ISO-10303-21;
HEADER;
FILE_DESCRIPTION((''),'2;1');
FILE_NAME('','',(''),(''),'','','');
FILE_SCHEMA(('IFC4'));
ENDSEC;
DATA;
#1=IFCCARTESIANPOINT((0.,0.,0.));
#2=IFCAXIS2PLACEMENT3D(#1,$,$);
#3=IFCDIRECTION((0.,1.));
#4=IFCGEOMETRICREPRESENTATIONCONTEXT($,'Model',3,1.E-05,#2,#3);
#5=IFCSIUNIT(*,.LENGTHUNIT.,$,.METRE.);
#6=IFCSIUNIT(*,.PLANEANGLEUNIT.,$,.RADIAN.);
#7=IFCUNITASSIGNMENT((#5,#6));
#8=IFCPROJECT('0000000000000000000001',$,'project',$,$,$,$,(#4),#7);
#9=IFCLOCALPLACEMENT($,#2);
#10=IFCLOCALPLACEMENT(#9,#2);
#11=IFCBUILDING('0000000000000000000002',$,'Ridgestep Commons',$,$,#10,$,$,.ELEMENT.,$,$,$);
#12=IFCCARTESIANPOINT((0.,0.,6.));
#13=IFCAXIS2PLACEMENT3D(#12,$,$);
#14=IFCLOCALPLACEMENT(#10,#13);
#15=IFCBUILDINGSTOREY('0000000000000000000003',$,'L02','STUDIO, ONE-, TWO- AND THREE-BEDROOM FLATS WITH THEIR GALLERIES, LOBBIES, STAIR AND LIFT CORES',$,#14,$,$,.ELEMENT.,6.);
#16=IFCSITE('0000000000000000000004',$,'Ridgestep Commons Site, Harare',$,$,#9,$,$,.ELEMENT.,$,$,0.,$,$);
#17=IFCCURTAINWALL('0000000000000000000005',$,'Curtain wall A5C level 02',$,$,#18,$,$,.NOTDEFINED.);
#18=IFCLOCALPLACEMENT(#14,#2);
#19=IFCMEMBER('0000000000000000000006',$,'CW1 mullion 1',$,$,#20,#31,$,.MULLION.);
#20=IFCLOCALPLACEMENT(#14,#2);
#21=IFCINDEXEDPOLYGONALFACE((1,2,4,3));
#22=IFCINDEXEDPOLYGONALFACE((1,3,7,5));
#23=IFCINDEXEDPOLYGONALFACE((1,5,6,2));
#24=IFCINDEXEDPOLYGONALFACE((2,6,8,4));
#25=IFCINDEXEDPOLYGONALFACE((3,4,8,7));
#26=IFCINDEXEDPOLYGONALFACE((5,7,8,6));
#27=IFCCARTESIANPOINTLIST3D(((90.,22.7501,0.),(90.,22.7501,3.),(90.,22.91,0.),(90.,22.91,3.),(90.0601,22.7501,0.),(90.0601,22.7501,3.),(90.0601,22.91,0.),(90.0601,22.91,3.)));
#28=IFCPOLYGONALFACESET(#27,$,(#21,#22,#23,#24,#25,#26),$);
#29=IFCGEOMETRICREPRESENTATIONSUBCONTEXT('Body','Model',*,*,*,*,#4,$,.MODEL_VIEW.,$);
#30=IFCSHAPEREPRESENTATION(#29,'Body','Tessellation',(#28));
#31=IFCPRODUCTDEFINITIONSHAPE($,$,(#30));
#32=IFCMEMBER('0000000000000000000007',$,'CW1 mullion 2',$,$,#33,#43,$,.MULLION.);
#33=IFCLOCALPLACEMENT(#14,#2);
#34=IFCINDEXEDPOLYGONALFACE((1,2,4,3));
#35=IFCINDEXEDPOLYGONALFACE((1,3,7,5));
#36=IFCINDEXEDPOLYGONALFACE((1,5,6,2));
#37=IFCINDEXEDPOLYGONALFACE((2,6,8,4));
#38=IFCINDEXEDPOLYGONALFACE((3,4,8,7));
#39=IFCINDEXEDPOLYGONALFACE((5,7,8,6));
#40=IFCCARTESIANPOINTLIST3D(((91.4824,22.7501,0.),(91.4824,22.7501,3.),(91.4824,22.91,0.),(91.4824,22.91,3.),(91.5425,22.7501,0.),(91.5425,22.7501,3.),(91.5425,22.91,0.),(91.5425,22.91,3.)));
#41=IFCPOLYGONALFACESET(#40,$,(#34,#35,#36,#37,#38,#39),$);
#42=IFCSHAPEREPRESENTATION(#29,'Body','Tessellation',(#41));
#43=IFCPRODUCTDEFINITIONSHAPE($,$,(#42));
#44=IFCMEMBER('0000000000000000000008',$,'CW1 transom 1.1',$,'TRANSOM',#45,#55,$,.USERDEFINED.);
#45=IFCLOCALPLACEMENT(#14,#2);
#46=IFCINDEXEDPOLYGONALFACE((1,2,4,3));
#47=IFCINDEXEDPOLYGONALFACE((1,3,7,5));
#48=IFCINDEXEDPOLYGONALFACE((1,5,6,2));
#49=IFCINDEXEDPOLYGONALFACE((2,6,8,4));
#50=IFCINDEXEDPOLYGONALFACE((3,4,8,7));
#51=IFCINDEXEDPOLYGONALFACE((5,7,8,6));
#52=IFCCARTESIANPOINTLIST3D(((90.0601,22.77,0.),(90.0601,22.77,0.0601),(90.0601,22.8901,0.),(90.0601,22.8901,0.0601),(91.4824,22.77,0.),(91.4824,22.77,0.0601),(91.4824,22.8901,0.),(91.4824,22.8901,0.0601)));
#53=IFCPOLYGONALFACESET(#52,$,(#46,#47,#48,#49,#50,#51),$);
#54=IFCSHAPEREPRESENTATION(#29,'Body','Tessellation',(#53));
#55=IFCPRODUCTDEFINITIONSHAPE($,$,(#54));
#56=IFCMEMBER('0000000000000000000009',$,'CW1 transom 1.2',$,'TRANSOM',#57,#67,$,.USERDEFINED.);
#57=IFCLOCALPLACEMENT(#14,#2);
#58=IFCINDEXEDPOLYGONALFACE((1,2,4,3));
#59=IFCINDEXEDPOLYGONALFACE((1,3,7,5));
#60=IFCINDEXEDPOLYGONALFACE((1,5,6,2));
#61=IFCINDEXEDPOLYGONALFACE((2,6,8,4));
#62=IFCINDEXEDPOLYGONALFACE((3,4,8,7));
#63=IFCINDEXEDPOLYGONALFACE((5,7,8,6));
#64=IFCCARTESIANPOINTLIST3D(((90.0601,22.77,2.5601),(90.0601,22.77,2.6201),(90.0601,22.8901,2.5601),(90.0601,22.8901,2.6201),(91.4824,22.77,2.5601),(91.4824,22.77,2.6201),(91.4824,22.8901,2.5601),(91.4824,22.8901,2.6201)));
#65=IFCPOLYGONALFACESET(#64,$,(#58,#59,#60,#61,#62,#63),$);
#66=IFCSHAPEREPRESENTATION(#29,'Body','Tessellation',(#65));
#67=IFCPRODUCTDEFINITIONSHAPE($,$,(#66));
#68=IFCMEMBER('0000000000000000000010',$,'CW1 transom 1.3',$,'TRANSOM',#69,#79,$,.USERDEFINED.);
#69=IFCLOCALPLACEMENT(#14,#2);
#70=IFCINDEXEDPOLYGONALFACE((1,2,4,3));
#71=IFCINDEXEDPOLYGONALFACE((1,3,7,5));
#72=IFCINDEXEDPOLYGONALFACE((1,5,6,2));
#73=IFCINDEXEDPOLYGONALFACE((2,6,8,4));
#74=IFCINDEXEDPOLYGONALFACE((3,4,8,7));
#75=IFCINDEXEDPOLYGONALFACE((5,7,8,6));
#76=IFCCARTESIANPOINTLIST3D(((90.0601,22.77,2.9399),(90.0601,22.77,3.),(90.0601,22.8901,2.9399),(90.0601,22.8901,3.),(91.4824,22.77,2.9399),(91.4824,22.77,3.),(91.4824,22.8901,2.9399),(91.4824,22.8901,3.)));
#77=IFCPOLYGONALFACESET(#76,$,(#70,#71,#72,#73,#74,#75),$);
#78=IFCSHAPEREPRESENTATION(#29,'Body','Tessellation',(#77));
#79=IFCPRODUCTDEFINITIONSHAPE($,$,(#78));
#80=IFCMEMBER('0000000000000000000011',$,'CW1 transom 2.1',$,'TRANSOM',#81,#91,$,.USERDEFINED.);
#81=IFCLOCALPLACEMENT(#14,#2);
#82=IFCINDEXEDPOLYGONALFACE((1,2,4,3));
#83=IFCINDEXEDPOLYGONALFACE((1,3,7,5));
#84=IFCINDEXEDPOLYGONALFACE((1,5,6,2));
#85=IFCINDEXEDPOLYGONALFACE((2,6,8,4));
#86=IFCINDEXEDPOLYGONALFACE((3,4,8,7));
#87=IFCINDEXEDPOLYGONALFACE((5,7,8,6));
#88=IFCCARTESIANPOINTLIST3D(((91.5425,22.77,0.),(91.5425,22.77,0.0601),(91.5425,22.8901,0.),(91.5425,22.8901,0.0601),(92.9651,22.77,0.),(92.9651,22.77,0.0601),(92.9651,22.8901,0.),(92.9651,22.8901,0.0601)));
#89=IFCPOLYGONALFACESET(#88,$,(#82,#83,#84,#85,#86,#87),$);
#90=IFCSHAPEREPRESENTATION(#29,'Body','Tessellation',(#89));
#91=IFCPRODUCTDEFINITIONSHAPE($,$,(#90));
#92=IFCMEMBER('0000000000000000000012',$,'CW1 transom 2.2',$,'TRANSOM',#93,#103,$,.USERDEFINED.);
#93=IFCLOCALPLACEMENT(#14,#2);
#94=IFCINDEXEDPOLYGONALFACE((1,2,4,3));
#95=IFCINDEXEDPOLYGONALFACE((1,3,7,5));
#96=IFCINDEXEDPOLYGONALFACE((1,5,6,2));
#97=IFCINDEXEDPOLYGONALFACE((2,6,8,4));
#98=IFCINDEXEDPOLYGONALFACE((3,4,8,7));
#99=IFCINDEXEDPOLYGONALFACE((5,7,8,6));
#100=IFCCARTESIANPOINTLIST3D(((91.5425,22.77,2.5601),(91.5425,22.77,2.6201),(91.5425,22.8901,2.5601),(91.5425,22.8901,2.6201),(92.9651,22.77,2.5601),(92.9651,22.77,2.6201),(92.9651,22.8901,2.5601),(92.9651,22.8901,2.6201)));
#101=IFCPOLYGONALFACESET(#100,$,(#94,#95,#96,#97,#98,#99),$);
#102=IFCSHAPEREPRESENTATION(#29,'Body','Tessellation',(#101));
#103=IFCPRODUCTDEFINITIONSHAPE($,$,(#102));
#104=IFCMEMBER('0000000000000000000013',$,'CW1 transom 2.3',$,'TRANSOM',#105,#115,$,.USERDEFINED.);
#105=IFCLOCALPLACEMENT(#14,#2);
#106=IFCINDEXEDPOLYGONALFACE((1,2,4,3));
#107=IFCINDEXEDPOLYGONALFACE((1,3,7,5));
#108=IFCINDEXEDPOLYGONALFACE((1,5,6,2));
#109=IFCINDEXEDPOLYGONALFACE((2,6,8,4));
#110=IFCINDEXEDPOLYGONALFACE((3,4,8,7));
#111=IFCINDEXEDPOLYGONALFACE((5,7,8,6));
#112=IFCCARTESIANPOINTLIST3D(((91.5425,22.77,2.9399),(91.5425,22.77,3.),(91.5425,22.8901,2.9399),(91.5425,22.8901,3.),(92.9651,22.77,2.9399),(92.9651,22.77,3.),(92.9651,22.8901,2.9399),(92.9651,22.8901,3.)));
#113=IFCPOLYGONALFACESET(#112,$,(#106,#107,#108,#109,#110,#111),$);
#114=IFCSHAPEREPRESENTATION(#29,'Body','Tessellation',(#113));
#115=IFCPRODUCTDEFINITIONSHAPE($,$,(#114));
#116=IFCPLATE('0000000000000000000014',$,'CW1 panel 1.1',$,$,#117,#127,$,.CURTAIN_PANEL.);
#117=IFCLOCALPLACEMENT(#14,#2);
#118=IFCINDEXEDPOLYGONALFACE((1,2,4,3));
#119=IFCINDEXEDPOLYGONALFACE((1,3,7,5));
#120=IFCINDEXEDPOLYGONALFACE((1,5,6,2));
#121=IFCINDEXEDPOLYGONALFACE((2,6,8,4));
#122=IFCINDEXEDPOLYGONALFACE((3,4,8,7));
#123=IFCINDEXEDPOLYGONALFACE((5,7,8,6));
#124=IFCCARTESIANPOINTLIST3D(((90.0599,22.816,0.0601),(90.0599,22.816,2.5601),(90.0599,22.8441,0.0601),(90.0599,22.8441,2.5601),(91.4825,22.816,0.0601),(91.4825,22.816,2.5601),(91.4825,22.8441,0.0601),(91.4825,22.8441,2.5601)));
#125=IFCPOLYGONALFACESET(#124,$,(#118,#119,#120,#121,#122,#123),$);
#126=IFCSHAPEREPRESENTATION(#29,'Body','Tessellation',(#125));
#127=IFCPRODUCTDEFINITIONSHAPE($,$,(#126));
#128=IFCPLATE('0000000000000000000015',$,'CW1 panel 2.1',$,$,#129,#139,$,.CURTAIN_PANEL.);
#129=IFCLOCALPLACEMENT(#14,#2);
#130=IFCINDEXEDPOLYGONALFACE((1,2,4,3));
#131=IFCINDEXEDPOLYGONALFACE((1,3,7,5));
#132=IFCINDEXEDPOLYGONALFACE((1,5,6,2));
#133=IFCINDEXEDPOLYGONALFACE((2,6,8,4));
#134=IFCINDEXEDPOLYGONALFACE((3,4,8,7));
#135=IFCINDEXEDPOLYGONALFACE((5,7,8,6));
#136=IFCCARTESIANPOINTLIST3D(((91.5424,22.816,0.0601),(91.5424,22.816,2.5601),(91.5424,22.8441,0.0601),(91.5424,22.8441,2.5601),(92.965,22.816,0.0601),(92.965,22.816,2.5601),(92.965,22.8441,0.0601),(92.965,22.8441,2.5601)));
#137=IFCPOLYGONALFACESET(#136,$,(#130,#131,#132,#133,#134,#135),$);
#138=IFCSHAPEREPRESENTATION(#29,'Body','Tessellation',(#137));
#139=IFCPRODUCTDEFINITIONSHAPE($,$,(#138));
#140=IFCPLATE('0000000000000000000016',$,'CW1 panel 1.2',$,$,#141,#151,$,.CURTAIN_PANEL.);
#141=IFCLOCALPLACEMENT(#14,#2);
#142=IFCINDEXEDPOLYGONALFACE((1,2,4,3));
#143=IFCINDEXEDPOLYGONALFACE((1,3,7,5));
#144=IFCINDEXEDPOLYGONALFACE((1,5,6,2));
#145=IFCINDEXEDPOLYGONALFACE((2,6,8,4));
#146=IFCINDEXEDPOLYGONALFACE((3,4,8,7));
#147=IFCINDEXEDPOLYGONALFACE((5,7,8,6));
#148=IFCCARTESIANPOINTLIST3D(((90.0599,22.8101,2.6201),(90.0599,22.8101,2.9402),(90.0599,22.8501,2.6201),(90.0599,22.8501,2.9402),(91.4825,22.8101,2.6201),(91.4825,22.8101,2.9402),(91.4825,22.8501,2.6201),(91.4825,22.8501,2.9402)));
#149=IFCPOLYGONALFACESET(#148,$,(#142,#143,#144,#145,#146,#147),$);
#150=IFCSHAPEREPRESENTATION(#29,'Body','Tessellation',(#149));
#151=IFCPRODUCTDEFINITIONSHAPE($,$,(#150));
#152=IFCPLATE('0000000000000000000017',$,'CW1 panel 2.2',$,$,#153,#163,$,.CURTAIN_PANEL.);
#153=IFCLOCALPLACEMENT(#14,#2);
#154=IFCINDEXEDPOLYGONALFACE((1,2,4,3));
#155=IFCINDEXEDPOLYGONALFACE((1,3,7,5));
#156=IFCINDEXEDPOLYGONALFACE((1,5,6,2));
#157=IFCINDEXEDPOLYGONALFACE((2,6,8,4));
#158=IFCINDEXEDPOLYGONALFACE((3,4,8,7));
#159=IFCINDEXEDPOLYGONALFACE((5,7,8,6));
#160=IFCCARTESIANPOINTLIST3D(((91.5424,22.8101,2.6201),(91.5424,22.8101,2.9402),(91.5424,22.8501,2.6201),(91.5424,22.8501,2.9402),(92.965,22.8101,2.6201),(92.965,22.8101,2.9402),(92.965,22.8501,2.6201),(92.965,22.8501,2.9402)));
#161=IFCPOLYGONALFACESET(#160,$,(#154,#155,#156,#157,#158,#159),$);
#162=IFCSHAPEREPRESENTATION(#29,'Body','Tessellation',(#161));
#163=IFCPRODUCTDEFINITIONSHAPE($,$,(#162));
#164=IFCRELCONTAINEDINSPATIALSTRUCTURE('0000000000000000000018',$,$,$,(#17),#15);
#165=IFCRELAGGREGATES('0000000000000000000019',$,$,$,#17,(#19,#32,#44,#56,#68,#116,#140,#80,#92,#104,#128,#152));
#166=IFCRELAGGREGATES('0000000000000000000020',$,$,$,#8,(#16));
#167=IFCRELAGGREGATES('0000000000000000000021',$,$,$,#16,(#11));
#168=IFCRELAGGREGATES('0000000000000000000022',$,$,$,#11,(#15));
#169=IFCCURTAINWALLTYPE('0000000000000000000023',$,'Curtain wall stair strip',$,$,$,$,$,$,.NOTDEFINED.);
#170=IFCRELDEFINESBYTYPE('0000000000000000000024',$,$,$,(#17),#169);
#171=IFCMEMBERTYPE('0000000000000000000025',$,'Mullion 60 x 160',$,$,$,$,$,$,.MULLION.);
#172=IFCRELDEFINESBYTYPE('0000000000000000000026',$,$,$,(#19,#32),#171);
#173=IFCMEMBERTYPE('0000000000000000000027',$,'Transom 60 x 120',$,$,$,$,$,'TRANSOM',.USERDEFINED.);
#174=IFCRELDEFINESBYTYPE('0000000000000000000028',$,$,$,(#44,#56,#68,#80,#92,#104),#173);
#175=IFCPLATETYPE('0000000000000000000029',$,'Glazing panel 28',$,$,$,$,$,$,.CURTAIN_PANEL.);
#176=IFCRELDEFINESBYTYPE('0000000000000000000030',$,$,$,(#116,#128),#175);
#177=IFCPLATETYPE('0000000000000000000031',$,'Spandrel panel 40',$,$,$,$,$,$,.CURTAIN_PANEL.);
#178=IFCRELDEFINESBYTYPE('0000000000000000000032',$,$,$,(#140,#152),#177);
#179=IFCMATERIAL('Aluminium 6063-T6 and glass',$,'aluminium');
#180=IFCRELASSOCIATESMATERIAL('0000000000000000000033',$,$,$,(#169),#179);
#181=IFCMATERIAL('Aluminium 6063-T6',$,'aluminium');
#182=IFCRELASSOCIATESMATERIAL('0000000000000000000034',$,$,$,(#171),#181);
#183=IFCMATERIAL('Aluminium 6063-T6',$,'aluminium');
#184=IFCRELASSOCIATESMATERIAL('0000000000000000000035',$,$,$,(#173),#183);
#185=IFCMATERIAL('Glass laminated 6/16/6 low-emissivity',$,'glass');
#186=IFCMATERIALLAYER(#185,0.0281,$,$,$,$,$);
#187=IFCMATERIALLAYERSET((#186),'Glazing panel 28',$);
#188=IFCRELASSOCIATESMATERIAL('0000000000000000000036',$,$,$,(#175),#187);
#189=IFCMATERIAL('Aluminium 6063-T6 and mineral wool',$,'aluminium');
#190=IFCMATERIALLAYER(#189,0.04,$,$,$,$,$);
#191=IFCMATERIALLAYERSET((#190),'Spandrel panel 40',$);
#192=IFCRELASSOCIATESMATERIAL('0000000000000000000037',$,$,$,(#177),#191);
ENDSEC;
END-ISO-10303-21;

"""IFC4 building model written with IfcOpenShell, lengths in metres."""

from ifc_helpers import new_model, si_unit, direction, frame, origin, origin_2d, place, context, subcontext, project, spatial, rectangle, extrude, material, layer, layer_set, material_profile, profile_set, type_object, element, aggregate, save


model = new_model("IFC4")

# Units and contexts
model_context = context("Model", 3, precision=1e-05, world=origin(), true_north=direction((0.0, 1.0)))
body_context = subcontext(model_context, "Body", "Model", "MODEL_VIEW")
ifc_project = project(units=[si_unit("LENGTHUNIT", "METRE"), si_unit("PLANEANGLEUNIT", "RADIAN")], contexts=[model_context])

# Site, building, storey
site_placement = place(None, origin())
site = spatial("IfcSite", under=ifc_project, at=site_placement, Name="Ridgestep Commons Site, Harare", CompositionType="ELEMENT", RefElevation=0.0)
building_placement = place(site_placement, origin())
building = spatial("IfcBuilding", under=site, at=building_placement, Name="Ridgestep Commons", CompositionType="ELEMENT")
storey_placement = place(building_placement, frame((0.0, 0.0, 6.0)))
storey = spatial("IfcBuildingStorey", under=building, at=storey_placement, Name="L02", Description="STUDIO, ONE-, TWO- AND THREE-BEDROOM FLATS WITH THEIR GALLERIES, LOBBIES, STAIR AND LIFT CORES", CompositionType="ELEMENT", Elevation=6.0)

# Curtain wall, members, plates
ifc_material_1 = material(Name="Aluminium 6063-T6 and glass", Category="aluminium")
curtain_wall_type = type_object("IfcCurtainWallType", Name="Curtain wall stair strip", PredefinedType="NOTDEFINED", material=ifc_material_1)
curtain_wall_placement = place(storey_placement, origin())
curtain_wall = element("IfcCurtainWall", 1, at=curtain_wall_placement, inside=storey, type_object=curtain_wall_type, Name="Curtain wall A5C level 02", PredefinedType="NOTDEFINED")
ifc_material_2 = material(Name="Aluminium 6063-T6", Category="aluminium")
ifc_material_profile_1 = material_profile(ifc_material_2, rectangle(XDim=0.1599, YDim=0.0601, at=origin_2d()), Name="Mullion 60 x 160")
ifc_profile_set_1 = profile_set([ifc_material_profile_1], Name="Aluminium 6063-T6")
member_type_1 = type_object("IfcMemberType", Name="Mullion 60 x 160", PredefinedType="MULLION", material=ifc_profile_set_1)
member_1_placement = place(storey_placement, frame((90.03, 22.8301, 0.0), z_axis=(0.0, 0.0, 1.0), x_axis=(0.0, 1.0, 0.0)))
member_1 = element("IfcMember", 2, at=member_1_placement, type_object=member_type_1, Name="CW1 mullion 1", PredefinedType="MULLION", context=body_context, shape_type="SweptSolid", body=[
    extrude(rectangle(XDim=0.1599, YDim=0.0601, at=origin_2d()), origin(), (0.0, 0.0, 1.0), 3.0),
])
member_2_placement = place(storey_placement, frame((91.5125, 22.8301, 0.0), z_axis=(0.0, 0.0, 1.0), x_axis=(0.0, 1.0, 0.0)))
member_2 = element("IfcMember", 3, at=member_2_placement, type_object=member_type_1, Name="CW1 mullion 2", PredefinedType="MULLION", context=body_context, shape_type="SweptSolid", body=[
    extrude(rectangle(XDim=0.1599, YDim=0.0601, at=origin_2d()), origin(), (0.0, 0.0, 1.0), 3.0),
])
ifc_material_3 = material(Name="Aluminium 6063-T6", Category="aluminium")
ifc_material_profile_2 = material_profile(ifc_material_3, rectangle(XDim=0.1201, YDim=0.0601, at=origin_2d()), Name="Transom 60 x 120")
ifc_profile_set_2 = profile_set([ifc_material_profile_2], Name="Aluminium 6063-T6")
member_type_2 = type_object("IfcMemberType", Name="Transom 60 x 120", ElementType="TRANSOM", PredefinedType="USERDEFINED", material=ifc_profile_set_2)
member_3_placement = place(storey_placement, frame((90.0601, 22.8301, 0.03), z_axis=(1.0, 0.0, 0.0), x_axis=(0.0, 1.0, 0.0)))
member_3 = element("IfcMember", 4, at=member_3_placement, type_object=member_type_2, Name="CW1 transom 1.1", ObjectType="TRANSOM", PredefinedType="USERDEFINED", context=body_context, shape_type="SweptSolid", body=[
    extrude(rectangle(XDim=0.1201, YDim=0.0601, at=origin_2d()), origin(), (0.0, 0.0, 1.0), 1.4224),
])
member_4_placement = place(storey_placement, frame((90.0601, 22.8301, 2.5901), z_axis=(1.0, 0.0, 0.0), x_axis=(0.0, 1.0, 0.0)))
member_4 = element("IfcMember", 5, at=member_4_placement, type_object=member_type_2, Name="CW1 transom 1.2", ObjectType="TRANSOM", PredefinedType="USERDEFINED", context=body_context, shape_type="SweptSolid", body=[
    extrude(rectangle(XDim=0.1201, YDim=0.0601, at=origin_2d()), origin(), (0.0, 0.0, 1.0), 1.4224),
])
member_5_placement = place(storey_placement, frame((90.0601, 22.8301, 2.97), z_axis=(1.0, 0.0, 0.0), x_axis=(0.0, 1.0, 0.0)))
member_5 = element("IfcMember", 6, at=member_5_placement, type_object=member_type_2, Name="CW1 transom 1.3", ObjectType="TRANSOM", PredefinedType="USERDEFINED", context=body_context, shape_type="SweptSolid", body=[
    extrude(rectangle(XDim=0.1201, YDim=0.0601, at=origin_2d()), origin(), (0.0, 0.0, 1.0), 1.4224),
])
member_6_placement = place(storey_placement, frame((91.5425, 22.8301, 0.03), z_axis=(1.0, 0.0, 0.0), x_axis=(0.0, 1.0, 0.0)))
member_6 = element("IfcMember", 7, at=member_6_placement, type_object=member_type_2, Name="CW1 transom 2.1", ObjectType="TRANSOM", PredefinedType="USERDEFINED", context=body_context, shape_type="SweptSolid", body=[
    extrude(rectangle(XDim=0.1201, YDim=0.0601, at=origin_2d()), origin(), (0.0, 0.0, 1.0), 1.4226),
])
member_7_placement = place(storey_placement, frame((91.5425, 22.8301, 2.5901), z_axis=(1.0, 0.0, 0.0), x_axis=(0.0, 1.0, 0.0)))
member_7 = element("IfcMember", 8, at=member_7_placement, type_object=member_type_2, Name="CW1 transom 2.2", ObjectType="TRANSOM", PredefinedType="USERDEFINED", context=body_context, shape_type="SweptSolid", body=[
    extrude(rectangle(XDim=0.1201, YDim=0.0601, at=origin_2d()), origin(), (0.0, 0.0, 1.0), 1.4226),
])
member_8_placement = place(storey_placement, frame((91.5425, 22.8301, 2.97), z_axis=(1.0, 0.0, 0.0), x_axis=(0.0, 1.0, 0.0)))
member_8 = element("IfcMember", 9, at=member_8_placement, type_object=member_type_2, Name="CW1 transom 2.3", ObjectType="TRANSOM", PredefinedType="USERDEFINED", context=body_context, shape_type="SweptSolid", body=[
    extrude(rectangle(XDim=0.1201, YDim=0.0601, at=origin_2d()), origin(), (0.0, 0.0, 1.0), 1.4226),
])
ifc_material_4 = material(Name="Glass laminated 6/16/6 low-emissivity", Category="glass")
ifc_layer_1 = layer(ifc_material_4, 0.0281)
ifc_layer_set_1 = layer_set([ifc_layer_1], Name="Glazing panel 28")
plate_type_1 = type_object("IfcPlateType", Name="Glazing panel 28", PredefinedType="CURTAIN_PANEL", material=ifc_layer_set_1)
plate_1_placement = place(storey_placement, frame((90.7712, 22.8301, 0.0601), z_axis=(0.0, 0.0, 1.0), x_axis=(1.0, 0.0, 0.0)))
plate_1 = element("IfcPlate", 10, at=plate_1_placement, type_object=plate_type_1, Name="CW1 panel 1.1", PredefinedType="CURTAIN_PANEL", context=body_context, shape_type="SweptSolid", body=[
    extrude(rectangle(XDim=1.4226, YDim=0.0281, at=origin_2d()), origin(), (0.0, 0.0, 1.0), 2.5),
])
plate_2_placement = place(storey_placement, frame((92.2537, 22.8301, 0.0601), z_axis=(0.0, 0.0, 1.0), x_axis=(1.0, 0.0, 0.0)))
plate_2 = element("IfcPlate", 11, at=plate_2_placement, type_object=plate_type_1, Name="CW1 panel 2.1", PredefinedType="CURTAIN_PANEL", context=body_context, shape_type="SweptSolid", body=[
    extrude(rectangle(XDim=1.4226, YDim=0.0281, at=origin_2d()), origin(), (0.0, 0.0, 1.0), 2.5),
])
ifc_material_5 = material(Name="Aluminium 6063-T6 and mineral wool", Category="aluminium")
ifc_layer_2 = layer(ifc_material_5, 0.04)
ifc_layer_set_2 = layer_set([ifc_layer_2], Name="Spandrel panel 40")
plate_type_2 = type_object("IfcPlateType", Name="Spandrel panel 40", PredefinedType="CURTAIN_PANEL", material=ifc_layer_set_2)
plate_3_placement = place(storey_placement, frame((90.7712, 22.8301, 2.6201), z_axis=(0.0, 0.0, 1.0), x_axis=(1.0, 0.0, 0.0)))
plate_3 = element("IfcPlate", 12, at=plate_3_placement, type_object=plate_type_2, Name="CW1 panel 1.2", PredefinedType="CURTAIN_PANEL", context=body_context, shape_type="SweptSolid", body=[
    extrude(rectangle(XDim=1.4226, YDim=0.04, at=origin_2d()), origin(), (0.0, 0.0, 1.0), 0.3201),
])
plate_4_placement = place(storey_placement, frame((92.2537, 22.8301, 2.6201), z_axis=(0.0, 0.0, 1.0), x_axis=(1.0, 0.0, 0.0)))
plate_4 = element("IfcPlate", 13, at=plate_4_placement, type_object=plate_type_2, Name="CW1 panel 2.2", PredefinedType="CURTAIN_PANEL", context=body_context, shape_type="SweptSolid", body=[
    extrude(rectangle(XDim=1.4226, YDim=0.04, at=origin_2d()), origin(), (0.0, 0.0, 1.0), 0.3201),
])
aggregate(curtain_wall, [member_1, member_2, member_3, member_4, member_5, plate_1, plate_3, member_6, member_7, member_8, plate_2, plate_4])

save(model, "model.ifc")
